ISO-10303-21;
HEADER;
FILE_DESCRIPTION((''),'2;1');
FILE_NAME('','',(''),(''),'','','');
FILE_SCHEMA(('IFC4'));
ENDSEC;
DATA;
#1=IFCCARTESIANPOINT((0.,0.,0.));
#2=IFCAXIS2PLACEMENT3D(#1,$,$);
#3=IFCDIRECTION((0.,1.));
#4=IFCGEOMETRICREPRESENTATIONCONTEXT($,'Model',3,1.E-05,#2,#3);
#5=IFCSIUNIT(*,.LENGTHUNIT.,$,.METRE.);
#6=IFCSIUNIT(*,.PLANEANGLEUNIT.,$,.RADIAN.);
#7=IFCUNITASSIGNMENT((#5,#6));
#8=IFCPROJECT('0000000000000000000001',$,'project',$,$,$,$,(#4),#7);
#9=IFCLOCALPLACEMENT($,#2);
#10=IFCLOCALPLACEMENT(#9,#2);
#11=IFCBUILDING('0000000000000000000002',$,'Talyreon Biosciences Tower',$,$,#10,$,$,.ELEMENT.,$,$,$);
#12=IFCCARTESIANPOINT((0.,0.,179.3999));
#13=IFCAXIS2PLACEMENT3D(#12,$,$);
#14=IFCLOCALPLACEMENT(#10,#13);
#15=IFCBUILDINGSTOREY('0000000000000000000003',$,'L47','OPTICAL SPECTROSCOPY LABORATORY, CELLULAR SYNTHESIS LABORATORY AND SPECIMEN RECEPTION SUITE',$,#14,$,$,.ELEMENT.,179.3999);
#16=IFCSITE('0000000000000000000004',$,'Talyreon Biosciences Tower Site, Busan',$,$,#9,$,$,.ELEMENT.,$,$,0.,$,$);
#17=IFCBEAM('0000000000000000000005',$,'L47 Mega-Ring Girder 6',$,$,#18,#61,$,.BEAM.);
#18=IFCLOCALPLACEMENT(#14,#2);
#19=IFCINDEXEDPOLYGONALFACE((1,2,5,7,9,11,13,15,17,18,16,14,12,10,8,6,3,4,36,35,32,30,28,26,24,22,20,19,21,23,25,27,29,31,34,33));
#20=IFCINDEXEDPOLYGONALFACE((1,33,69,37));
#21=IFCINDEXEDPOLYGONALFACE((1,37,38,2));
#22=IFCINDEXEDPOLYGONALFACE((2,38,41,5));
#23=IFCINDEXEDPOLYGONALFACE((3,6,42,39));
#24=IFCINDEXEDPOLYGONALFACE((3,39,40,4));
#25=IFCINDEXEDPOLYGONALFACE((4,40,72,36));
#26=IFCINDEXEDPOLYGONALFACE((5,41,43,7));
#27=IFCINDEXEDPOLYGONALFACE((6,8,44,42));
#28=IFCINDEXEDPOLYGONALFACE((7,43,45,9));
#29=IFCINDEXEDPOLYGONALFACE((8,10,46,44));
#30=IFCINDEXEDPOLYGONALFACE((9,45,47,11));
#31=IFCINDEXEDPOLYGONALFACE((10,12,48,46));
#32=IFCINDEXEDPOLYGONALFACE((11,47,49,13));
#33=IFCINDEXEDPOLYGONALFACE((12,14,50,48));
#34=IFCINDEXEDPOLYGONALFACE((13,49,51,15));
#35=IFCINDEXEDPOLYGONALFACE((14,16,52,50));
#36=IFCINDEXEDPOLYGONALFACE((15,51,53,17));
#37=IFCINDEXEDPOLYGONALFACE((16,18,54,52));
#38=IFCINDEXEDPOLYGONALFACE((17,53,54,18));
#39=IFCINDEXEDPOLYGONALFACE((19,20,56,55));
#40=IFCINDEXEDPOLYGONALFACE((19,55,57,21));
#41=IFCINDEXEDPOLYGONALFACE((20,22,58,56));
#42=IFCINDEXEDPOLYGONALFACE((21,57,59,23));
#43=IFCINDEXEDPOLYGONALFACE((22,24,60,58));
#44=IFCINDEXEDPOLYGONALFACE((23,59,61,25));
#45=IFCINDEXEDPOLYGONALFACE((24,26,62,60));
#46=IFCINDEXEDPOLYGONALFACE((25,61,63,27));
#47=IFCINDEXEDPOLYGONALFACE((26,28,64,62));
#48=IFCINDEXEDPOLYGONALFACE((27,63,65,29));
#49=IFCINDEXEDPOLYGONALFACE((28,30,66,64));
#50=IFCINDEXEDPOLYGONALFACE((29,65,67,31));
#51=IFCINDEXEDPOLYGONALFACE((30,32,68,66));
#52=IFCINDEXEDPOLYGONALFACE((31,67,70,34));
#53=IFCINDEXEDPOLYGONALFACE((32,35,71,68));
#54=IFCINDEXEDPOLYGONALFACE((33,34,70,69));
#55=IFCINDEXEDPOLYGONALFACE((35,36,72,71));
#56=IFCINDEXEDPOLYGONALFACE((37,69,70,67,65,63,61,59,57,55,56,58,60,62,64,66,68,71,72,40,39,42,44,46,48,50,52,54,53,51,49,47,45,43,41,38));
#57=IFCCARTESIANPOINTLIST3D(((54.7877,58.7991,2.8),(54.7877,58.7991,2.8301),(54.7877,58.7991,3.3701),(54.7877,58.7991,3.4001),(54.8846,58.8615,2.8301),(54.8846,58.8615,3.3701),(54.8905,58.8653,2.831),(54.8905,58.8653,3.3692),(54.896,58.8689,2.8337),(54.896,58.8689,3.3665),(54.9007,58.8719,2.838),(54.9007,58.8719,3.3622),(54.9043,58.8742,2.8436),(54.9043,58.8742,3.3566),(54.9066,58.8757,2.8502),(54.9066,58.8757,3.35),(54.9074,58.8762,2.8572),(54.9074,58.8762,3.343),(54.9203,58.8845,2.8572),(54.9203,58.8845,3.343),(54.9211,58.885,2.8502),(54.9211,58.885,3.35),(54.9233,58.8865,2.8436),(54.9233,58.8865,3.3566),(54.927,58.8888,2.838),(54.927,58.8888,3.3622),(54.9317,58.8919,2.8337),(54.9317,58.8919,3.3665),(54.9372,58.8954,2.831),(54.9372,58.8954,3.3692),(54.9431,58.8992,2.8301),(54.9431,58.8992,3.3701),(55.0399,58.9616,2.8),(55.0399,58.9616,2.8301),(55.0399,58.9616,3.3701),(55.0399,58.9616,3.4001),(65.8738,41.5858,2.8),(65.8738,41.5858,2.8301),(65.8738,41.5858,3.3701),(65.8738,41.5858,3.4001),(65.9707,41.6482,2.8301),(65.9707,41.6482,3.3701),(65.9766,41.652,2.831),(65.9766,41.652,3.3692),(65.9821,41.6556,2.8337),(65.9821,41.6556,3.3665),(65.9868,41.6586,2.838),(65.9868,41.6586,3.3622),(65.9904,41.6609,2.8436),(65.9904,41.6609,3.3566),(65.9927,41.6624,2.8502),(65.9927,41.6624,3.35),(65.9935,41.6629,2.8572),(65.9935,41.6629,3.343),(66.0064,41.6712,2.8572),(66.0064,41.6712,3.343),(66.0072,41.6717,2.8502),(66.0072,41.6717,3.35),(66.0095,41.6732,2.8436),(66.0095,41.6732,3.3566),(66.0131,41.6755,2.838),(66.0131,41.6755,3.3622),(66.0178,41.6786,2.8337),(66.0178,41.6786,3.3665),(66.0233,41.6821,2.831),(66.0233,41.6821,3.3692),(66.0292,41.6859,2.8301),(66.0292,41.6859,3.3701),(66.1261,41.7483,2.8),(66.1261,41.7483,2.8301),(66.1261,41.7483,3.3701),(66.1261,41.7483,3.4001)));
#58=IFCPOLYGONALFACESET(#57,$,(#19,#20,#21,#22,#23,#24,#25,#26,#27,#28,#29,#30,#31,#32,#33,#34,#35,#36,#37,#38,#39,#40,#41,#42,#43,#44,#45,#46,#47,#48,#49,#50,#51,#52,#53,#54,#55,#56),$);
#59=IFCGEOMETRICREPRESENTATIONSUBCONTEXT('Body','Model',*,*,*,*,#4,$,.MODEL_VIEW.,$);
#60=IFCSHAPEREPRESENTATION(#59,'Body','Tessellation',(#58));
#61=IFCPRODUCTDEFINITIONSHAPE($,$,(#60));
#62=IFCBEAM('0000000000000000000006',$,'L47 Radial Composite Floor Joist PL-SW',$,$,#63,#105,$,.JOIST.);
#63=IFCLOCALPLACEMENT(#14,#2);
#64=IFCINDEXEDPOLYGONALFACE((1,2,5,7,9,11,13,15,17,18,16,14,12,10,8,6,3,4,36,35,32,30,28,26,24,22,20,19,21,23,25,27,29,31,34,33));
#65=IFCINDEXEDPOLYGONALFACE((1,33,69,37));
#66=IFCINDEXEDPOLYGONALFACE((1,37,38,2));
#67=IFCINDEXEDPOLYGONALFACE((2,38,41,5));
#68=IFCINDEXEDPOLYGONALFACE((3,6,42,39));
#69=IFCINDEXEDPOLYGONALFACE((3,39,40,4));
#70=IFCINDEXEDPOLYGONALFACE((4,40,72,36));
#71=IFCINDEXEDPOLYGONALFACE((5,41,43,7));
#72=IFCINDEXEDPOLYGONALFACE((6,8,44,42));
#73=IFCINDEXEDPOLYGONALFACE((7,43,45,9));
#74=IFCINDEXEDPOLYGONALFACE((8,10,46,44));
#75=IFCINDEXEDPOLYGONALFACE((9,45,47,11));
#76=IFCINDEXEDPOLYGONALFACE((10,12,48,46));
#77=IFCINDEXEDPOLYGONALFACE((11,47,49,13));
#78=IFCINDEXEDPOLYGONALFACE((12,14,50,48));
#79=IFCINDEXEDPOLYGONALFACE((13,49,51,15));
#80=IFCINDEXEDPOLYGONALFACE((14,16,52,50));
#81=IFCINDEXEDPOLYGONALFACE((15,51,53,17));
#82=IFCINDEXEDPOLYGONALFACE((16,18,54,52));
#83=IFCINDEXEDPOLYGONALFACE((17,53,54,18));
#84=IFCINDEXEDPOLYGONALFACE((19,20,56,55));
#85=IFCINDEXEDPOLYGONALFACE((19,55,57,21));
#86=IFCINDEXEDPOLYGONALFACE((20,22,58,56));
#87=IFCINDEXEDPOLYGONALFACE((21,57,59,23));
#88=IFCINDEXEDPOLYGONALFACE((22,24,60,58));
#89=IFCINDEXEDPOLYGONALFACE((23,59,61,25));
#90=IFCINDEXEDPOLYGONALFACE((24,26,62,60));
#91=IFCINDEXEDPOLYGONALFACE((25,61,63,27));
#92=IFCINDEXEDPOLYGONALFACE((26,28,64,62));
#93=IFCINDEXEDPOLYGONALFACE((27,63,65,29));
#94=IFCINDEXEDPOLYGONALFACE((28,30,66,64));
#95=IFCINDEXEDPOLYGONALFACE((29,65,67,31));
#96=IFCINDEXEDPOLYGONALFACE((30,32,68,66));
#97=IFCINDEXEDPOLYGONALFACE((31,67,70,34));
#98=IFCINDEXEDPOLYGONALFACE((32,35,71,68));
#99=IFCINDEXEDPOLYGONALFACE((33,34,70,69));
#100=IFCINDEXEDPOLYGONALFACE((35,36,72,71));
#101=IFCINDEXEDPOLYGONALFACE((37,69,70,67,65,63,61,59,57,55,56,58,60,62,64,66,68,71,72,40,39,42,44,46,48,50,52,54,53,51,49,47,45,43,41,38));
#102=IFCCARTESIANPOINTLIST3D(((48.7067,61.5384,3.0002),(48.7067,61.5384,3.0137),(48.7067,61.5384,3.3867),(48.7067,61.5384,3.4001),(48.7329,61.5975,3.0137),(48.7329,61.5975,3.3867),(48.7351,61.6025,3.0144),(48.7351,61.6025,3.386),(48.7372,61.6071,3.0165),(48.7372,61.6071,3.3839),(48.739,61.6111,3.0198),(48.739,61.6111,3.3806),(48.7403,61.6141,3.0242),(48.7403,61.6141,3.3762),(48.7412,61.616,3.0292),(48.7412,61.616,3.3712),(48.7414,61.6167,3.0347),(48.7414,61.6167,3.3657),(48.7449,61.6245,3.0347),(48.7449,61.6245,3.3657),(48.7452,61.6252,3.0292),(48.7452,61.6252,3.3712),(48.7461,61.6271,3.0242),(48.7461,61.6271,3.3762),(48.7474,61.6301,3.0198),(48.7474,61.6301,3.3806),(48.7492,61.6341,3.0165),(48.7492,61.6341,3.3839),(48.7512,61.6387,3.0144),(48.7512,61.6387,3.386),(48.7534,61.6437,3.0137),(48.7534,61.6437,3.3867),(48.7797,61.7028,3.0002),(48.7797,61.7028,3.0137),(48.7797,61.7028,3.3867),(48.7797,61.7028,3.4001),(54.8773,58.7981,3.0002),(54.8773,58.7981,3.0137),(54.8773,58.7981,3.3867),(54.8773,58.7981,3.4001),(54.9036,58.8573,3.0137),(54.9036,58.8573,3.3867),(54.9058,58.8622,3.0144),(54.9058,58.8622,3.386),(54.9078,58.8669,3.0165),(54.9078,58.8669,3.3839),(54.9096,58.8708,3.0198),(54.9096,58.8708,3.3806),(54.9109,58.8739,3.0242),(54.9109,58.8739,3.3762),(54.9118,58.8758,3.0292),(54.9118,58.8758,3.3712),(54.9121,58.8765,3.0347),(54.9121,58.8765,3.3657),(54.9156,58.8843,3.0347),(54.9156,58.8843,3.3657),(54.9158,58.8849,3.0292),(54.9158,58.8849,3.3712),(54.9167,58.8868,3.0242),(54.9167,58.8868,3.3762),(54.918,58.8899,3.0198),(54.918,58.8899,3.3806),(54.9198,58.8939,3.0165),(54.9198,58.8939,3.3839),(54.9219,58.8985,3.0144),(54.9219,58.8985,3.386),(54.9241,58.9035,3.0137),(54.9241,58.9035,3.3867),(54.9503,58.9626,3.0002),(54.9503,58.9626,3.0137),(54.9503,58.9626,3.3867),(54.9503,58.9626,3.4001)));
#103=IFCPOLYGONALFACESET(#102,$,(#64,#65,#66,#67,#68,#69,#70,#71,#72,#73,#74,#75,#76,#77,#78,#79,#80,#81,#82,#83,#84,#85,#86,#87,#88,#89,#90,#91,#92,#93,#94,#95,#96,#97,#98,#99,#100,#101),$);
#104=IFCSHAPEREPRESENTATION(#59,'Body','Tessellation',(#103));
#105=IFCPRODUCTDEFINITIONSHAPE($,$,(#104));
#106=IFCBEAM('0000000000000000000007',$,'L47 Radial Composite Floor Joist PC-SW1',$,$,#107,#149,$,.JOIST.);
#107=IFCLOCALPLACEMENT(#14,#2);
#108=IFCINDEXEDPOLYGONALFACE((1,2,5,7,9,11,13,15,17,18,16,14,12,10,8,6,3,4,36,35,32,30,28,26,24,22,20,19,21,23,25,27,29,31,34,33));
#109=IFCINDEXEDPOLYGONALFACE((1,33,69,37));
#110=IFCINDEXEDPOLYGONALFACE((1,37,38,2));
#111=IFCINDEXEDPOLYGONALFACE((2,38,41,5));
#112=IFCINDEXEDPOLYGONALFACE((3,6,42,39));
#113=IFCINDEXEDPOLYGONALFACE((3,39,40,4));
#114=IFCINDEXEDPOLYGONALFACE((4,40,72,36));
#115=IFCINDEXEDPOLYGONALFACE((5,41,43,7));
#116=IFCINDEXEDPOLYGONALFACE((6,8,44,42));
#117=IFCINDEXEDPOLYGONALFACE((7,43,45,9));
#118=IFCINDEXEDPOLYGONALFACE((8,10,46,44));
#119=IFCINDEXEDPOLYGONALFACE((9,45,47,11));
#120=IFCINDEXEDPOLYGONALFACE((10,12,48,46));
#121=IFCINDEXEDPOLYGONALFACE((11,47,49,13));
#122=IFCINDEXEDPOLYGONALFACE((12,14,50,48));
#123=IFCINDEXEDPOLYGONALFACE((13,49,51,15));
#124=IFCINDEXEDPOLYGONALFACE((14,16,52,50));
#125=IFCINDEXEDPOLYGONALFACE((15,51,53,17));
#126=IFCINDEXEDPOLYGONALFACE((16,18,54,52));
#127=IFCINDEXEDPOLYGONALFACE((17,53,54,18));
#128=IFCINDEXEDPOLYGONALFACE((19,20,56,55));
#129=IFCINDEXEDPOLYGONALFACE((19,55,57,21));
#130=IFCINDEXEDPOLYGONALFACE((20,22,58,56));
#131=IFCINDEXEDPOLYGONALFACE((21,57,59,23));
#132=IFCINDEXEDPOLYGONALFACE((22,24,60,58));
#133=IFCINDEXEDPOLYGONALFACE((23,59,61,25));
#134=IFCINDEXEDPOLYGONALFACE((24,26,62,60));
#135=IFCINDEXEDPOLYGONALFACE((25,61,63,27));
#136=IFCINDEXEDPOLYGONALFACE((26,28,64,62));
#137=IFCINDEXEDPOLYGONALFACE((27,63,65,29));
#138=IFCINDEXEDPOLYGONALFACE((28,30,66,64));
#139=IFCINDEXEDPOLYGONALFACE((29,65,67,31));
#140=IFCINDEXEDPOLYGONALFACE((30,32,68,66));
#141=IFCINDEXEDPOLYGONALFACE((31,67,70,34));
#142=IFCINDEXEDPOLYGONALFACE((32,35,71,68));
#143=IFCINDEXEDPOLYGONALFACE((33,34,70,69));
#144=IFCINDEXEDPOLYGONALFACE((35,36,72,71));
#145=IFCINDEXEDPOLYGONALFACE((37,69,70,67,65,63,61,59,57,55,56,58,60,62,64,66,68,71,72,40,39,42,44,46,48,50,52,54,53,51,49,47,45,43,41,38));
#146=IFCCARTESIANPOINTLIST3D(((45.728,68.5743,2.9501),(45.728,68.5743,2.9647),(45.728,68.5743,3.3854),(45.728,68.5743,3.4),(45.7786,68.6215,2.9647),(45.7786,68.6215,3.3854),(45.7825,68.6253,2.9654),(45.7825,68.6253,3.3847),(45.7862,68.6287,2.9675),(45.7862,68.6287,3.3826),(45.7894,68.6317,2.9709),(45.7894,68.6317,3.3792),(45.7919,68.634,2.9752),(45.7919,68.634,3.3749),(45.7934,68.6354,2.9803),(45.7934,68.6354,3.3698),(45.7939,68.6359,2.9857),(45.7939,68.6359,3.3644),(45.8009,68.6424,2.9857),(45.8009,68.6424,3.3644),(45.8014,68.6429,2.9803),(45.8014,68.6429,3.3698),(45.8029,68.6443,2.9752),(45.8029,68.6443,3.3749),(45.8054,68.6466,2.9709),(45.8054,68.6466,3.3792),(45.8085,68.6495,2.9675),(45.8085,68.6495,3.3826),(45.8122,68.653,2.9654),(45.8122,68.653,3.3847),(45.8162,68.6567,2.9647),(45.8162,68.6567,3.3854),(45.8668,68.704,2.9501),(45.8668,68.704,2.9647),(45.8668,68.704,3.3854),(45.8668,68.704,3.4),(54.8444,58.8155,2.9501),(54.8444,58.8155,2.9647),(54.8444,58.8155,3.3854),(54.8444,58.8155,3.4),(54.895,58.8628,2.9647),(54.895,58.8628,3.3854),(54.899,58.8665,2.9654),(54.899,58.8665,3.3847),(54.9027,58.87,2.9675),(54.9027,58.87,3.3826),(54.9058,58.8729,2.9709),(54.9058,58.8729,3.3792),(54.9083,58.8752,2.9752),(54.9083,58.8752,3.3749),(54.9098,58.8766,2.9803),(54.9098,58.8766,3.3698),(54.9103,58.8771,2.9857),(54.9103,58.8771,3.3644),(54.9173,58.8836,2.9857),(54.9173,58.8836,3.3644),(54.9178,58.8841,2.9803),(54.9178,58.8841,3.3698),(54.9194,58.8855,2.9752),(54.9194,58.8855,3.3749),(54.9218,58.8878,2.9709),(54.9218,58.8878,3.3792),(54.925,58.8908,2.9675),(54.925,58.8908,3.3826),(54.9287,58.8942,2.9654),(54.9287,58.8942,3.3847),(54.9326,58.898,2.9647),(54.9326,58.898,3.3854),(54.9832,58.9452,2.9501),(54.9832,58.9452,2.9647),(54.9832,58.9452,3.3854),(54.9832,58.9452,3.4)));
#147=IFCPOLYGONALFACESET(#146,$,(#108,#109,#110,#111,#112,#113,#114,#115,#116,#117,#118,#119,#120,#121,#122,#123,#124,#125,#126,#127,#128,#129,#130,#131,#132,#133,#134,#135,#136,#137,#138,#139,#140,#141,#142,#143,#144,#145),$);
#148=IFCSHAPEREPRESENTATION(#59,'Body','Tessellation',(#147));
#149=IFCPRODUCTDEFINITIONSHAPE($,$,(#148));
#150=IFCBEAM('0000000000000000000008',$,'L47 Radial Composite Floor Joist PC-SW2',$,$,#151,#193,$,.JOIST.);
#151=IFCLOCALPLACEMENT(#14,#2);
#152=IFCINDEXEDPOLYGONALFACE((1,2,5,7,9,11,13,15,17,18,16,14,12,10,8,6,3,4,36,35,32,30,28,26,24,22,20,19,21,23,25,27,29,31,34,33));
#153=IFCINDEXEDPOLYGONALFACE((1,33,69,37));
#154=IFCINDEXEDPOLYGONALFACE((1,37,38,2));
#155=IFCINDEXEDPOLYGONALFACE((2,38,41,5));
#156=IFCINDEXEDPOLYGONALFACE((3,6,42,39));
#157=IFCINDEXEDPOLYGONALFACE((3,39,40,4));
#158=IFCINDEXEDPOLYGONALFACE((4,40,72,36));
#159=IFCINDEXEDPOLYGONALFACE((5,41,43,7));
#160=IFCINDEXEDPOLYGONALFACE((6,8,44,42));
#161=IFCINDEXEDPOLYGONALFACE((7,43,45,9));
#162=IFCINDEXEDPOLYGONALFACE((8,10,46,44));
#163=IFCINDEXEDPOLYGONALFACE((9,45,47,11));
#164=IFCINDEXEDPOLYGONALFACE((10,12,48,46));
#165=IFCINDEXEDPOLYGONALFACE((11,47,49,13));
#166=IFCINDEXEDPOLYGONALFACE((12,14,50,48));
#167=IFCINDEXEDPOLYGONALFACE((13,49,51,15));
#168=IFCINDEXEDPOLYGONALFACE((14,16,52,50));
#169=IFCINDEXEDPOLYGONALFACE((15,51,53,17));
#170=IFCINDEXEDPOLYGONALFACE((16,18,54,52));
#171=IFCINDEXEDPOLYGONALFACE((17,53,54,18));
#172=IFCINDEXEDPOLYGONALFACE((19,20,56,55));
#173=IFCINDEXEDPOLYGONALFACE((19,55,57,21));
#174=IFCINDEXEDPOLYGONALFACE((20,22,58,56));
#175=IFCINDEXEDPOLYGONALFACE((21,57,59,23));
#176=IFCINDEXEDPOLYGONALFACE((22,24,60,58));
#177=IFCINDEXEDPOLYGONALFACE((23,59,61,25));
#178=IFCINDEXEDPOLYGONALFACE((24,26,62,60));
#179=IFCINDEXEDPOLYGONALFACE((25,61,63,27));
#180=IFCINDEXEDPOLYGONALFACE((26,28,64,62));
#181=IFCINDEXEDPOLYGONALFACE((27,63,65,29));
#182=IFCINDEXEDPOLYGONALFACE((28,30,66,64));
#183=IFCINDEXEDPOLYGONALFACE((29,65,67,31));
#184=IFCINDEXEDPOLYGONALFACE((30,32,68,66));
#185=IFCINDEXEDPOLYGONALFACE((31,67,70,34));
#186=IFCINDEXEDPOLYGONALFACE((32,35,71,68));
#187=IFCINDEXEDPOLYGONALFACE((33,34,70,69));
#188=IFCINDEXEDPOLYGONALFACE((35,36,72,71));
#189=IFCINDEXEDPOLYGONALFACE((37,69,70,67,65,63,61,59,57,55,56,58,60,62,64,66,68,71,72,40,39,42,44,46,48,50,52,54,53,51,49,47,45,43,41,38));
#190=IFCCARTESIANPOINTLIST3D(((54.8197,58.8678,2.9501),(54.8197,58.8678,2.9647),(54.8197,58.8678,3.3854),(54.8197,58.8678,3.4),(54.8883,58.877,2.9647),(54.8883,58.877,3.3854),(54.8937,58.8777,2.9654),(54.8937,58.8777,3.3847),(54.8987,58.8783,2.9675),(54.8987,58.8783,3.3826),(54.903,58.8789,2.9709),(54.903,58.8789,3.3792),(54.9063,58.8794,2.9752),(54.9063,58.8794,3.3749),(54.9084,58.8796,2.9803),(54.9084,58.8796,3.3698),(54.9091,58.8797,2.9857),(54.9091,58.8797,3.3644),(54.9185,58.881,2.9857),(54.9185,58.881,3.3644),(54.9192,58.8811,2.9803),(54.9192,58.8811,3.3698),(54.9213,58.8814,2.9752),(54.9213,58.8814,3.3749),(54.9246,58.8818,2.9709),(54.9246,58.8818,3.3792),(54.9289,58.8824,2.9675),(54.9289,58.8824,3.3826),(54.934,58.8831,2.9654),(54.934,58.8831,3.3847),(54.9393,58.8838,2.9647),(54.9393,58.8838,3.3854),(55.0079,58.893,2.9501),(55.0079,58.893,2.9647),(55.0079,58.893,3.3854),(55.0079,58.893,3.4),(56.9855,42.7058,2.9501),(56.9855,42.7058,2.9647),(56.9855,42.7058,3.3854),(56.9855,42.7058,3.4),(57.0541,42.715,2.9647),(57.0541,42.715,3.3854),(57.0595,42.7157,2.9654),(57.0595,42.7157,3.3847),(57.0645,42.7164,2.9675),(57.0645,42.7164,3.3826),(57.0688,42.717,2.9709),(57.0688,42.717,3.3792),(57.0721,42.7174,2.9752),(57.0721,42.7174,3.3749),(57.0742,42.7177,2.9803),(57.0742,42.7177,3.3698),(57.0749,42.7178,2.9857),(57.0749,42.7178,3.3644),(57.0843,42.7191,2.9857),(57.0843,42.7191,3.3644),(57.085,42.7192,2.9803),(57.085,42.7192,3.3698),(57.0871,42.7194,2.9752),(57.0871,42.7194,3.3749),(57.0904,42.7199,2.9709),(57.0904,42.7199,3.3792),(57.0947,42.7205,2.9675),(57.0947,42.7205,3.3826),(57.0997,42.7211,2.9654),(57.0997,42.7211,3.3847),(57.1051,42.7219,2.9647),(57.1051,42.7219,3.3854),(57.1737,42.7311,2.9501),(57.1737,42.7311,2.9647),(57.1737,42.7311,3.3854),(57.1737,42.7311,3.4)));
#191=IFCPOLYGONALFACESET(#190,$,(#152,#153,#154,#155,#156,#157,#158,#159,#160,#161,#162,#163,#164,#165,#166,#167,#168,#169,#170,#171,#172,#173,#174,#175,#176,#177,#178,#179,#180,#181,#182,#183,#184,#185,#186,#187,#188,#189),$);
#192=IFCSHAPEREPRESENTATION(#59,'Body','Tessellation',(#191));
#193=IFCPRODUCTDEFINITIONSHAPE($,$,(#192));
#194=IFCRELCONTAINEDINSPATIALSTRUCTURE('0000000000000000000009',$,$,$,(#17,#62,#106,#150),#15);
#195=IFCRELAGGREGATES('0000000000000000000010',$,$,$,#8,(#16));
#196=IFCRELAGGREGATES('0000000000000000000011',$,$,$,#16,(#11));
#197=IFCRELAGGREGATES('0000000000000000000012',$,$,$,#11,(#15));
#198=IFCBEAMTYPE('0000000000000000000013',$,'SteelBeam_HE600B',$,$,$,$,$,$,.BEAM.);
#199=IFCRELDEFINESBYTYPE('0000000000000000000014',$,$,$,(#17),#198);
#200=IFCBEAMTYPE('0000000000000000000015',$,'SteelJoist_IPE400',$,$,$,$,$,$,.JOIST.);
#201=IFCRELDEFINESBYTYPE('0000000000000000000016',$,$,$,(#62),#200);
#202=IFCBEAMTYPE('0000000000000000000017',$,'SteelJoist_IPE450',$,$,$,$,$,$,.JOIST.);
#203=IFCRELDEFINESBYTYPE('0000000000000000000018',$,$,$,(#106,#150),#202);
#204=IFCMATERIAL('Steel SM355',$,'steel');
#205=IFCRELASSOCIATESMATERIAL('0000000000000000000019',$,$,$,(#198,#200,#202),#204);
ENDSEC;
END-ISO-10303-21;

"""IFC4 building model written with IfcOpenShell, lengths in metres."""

from ifc_helpers import new_model, si_unit, direction, frame, origin, origin_2d, place, context, subcontext, project, spatial, i_section, extrude, material, material_profile, profile_set, type_object, element, save


model = new_model("IFC4")

# Units and contexts
model_context = context("Model", 3, precision=1e-05, world=origin(), true_north=direction((0.0, 1.0)))
body_context = subcontext(model_context, "Body", "Model", "MODEL_VIEW")
ifc_project = project(units=[si_unit("LENGTHUNIT", "METRE"), si_unit("PLANEANGLEUNIT", "RADIAN")], contexts=[model_context])

# Site, building, storey
site_placement = place(None, origin())
site = spatial("IfcSite", under=ifc_project, at=site_placement, Name="Talyreon Biosciences Tower Site, Busan", CompositionType="ELEMENT", RefElevation=0.0)
building_placement = place(site_placement, origin())
building = spatial("IfcBuilding", under=site, at=building_placement, Name="Talyreon Biosciences Tower", CompositionType="ELEMENT")
storey_placement = place(building_placement, frame((0.0, 0.0, 179.3999)))
storey = spatial("IfcBuildingStorey", under=building, at=storey_placement, Name="L47", Description="OPTICAL SPECTROSCOPY LABORATORY, CELLULAR SYNTHESIS LABORATORY AND SPECIMEN RECEPTION SUITE", CompositionType="ELEMENT", Elevation=179.3999)

# Beams
ifc_material_1 = material(Name="Steel SM355", Category="steel")
ifc_material_profile_1 = material_profile(ifc_material_1, i_section(OverallWidth=0.3, OverallDepth=0.6001, WebThickness=0.0154, FlangeThickness=0.03, FilletRadius=0.0271, at=origin_2d()), Name="HE600B")
ifc_profile_set_1 = profile_set([ifc_material_profile_1], Name="Steel SM355")
beam_type_1 = type_object("IfcBeamType", Name="SteelBeam_HE600B", PredefinedType="BEAM", material=ifc_profile_set_1)
beam_1_placement = place(storey_placement, frame((54.9138, 58.8804, 3.1001), z_axis=(0.541464, -0.840724, 0.0), x_axis=(0.840724, 0.541464, 0.0)))
element("IfcBeam", 1, at=beam_1_placement, inside=storey, type_object=beam_type_1, Name="L47 Mega-Ring Girder 6", PredefinedType="BEAM", context=body_context, shape_type="SweptSolid", body=[
    extrude(i_section(OverallWidth=0.3, OverallDepth=0.6001, WebThickness=0.0154, FlangeThickness=0.03, FilletRadius=0.0271, at=origin_2d()), origin(), (0.0, 0.0, 1.0), 20.4744),
])
ifc_material_profile_2 = material_profile(ifc_material_1, i_section(OverallWidth=0.1799, OverallDepth=0.3999, WebThickness=0.0085, FlangeThickness=0.0134, FilletRadius=0.021, at=origin_2d()), Name="IPE400")
ifc_profile_set_2 = profile_set([ifc_material_profile_2], Name="Steel SM355")
beam_type_2 = type_object("IfcBeamType", Name="SteelJoist_IPE400", PredefinedType="JOIST", material=ifc_profile_set_2)
beam_2_placement = place(storey_placement, frame((54.9138, 58.8804, 3.2002), z_axis=(-0.913937, 0.405857, 0.0), x_axis=(-0.405857, -0.913937, 0.0)))
element("IfcBeam", 2, at=beam_2_placement, inside=storey, type_object=beam_type_2, Name="L47 Radial Composite Floor Joist PL-SW", PredefinedType="JOIST", context=body_context, shape_type="SweptSolid", body=[
    extrude(i_section(OverallWidth=0.1799, OverallDepth=0.3999, WebThickness=0.0085, FlangeThickness=0.0134, FilletRadius=0.021, at=origin_2d()), origin(), (0.0, 0.0, 1.0), 6.7517),
])
ifc_material_profile_3 = material_profile(ifc_material_1, i_section(OverallWidth=0.1899, OverallDepth=0.45, WebThickness=0.0095, FlangeThickness=0.0146, FilletRadius=0.021, at=origin_2d()), Name="IPE450")
ifc_profile_set_3 = profile_set([ifc_material_profile_3], Name="Steel SM355")
beam_type_3 = type_object("IfcBeamType", Name="SteelJoist_IPE450", PredefinedType="JOIST", material=ifc_profile_set_3)
beam_3_placement = place(storey_placement, frame((54.9138, 58.8804, 3.175), z_axis=(-0.682648, 0.730747, 0.0), x_axis=(-0.730747, -0.682648, 0.0)))
element("IfcBeam", 3, at=beam_3_placement, inside=storey, type_object=beam_type_3, Name="L47 Radial Composite Floor Joist PC-SW1", PredefinedType="JOIST", context=body_context, shape_type="SweptSolid", body=[
    extrude(i_section(OverallWidth=0.1899, OverallDepth=0.45, WebThickness=0.0095, FlangeThickness=0.0146, FilletRadius=0.021, at=origin_2d()), origin(), (0.0, 0.0, 1.0), 13.3545),
])
beam_4_placement = place(storey_placement, frame((54.9138, 58.8804, 3.175), z_axis=(0.132818, -0.99114, 0.0), x_axis=(0.99114, 0.132818, 0.0)))
element("IfcBeam", 4, at=beam_4_placement, inside=storey, type_object=beam_type_3, Name="L47 Radial Composite Floor Joist PC-SW2", PredefinedType="JOIST", context=body_context, shape_type="SweptSolid", body=[
    extrude(i_section(OverallWidth=0.1899, OverallDepth=0.45, WebThickness=0.0095, FlangeThickness=0.0146, FilletRadius=0.021, at=origin_2d()), origin(), (0.0, 0.0, 1.0), 16.3064),
])

save(model, "model.ifc")
